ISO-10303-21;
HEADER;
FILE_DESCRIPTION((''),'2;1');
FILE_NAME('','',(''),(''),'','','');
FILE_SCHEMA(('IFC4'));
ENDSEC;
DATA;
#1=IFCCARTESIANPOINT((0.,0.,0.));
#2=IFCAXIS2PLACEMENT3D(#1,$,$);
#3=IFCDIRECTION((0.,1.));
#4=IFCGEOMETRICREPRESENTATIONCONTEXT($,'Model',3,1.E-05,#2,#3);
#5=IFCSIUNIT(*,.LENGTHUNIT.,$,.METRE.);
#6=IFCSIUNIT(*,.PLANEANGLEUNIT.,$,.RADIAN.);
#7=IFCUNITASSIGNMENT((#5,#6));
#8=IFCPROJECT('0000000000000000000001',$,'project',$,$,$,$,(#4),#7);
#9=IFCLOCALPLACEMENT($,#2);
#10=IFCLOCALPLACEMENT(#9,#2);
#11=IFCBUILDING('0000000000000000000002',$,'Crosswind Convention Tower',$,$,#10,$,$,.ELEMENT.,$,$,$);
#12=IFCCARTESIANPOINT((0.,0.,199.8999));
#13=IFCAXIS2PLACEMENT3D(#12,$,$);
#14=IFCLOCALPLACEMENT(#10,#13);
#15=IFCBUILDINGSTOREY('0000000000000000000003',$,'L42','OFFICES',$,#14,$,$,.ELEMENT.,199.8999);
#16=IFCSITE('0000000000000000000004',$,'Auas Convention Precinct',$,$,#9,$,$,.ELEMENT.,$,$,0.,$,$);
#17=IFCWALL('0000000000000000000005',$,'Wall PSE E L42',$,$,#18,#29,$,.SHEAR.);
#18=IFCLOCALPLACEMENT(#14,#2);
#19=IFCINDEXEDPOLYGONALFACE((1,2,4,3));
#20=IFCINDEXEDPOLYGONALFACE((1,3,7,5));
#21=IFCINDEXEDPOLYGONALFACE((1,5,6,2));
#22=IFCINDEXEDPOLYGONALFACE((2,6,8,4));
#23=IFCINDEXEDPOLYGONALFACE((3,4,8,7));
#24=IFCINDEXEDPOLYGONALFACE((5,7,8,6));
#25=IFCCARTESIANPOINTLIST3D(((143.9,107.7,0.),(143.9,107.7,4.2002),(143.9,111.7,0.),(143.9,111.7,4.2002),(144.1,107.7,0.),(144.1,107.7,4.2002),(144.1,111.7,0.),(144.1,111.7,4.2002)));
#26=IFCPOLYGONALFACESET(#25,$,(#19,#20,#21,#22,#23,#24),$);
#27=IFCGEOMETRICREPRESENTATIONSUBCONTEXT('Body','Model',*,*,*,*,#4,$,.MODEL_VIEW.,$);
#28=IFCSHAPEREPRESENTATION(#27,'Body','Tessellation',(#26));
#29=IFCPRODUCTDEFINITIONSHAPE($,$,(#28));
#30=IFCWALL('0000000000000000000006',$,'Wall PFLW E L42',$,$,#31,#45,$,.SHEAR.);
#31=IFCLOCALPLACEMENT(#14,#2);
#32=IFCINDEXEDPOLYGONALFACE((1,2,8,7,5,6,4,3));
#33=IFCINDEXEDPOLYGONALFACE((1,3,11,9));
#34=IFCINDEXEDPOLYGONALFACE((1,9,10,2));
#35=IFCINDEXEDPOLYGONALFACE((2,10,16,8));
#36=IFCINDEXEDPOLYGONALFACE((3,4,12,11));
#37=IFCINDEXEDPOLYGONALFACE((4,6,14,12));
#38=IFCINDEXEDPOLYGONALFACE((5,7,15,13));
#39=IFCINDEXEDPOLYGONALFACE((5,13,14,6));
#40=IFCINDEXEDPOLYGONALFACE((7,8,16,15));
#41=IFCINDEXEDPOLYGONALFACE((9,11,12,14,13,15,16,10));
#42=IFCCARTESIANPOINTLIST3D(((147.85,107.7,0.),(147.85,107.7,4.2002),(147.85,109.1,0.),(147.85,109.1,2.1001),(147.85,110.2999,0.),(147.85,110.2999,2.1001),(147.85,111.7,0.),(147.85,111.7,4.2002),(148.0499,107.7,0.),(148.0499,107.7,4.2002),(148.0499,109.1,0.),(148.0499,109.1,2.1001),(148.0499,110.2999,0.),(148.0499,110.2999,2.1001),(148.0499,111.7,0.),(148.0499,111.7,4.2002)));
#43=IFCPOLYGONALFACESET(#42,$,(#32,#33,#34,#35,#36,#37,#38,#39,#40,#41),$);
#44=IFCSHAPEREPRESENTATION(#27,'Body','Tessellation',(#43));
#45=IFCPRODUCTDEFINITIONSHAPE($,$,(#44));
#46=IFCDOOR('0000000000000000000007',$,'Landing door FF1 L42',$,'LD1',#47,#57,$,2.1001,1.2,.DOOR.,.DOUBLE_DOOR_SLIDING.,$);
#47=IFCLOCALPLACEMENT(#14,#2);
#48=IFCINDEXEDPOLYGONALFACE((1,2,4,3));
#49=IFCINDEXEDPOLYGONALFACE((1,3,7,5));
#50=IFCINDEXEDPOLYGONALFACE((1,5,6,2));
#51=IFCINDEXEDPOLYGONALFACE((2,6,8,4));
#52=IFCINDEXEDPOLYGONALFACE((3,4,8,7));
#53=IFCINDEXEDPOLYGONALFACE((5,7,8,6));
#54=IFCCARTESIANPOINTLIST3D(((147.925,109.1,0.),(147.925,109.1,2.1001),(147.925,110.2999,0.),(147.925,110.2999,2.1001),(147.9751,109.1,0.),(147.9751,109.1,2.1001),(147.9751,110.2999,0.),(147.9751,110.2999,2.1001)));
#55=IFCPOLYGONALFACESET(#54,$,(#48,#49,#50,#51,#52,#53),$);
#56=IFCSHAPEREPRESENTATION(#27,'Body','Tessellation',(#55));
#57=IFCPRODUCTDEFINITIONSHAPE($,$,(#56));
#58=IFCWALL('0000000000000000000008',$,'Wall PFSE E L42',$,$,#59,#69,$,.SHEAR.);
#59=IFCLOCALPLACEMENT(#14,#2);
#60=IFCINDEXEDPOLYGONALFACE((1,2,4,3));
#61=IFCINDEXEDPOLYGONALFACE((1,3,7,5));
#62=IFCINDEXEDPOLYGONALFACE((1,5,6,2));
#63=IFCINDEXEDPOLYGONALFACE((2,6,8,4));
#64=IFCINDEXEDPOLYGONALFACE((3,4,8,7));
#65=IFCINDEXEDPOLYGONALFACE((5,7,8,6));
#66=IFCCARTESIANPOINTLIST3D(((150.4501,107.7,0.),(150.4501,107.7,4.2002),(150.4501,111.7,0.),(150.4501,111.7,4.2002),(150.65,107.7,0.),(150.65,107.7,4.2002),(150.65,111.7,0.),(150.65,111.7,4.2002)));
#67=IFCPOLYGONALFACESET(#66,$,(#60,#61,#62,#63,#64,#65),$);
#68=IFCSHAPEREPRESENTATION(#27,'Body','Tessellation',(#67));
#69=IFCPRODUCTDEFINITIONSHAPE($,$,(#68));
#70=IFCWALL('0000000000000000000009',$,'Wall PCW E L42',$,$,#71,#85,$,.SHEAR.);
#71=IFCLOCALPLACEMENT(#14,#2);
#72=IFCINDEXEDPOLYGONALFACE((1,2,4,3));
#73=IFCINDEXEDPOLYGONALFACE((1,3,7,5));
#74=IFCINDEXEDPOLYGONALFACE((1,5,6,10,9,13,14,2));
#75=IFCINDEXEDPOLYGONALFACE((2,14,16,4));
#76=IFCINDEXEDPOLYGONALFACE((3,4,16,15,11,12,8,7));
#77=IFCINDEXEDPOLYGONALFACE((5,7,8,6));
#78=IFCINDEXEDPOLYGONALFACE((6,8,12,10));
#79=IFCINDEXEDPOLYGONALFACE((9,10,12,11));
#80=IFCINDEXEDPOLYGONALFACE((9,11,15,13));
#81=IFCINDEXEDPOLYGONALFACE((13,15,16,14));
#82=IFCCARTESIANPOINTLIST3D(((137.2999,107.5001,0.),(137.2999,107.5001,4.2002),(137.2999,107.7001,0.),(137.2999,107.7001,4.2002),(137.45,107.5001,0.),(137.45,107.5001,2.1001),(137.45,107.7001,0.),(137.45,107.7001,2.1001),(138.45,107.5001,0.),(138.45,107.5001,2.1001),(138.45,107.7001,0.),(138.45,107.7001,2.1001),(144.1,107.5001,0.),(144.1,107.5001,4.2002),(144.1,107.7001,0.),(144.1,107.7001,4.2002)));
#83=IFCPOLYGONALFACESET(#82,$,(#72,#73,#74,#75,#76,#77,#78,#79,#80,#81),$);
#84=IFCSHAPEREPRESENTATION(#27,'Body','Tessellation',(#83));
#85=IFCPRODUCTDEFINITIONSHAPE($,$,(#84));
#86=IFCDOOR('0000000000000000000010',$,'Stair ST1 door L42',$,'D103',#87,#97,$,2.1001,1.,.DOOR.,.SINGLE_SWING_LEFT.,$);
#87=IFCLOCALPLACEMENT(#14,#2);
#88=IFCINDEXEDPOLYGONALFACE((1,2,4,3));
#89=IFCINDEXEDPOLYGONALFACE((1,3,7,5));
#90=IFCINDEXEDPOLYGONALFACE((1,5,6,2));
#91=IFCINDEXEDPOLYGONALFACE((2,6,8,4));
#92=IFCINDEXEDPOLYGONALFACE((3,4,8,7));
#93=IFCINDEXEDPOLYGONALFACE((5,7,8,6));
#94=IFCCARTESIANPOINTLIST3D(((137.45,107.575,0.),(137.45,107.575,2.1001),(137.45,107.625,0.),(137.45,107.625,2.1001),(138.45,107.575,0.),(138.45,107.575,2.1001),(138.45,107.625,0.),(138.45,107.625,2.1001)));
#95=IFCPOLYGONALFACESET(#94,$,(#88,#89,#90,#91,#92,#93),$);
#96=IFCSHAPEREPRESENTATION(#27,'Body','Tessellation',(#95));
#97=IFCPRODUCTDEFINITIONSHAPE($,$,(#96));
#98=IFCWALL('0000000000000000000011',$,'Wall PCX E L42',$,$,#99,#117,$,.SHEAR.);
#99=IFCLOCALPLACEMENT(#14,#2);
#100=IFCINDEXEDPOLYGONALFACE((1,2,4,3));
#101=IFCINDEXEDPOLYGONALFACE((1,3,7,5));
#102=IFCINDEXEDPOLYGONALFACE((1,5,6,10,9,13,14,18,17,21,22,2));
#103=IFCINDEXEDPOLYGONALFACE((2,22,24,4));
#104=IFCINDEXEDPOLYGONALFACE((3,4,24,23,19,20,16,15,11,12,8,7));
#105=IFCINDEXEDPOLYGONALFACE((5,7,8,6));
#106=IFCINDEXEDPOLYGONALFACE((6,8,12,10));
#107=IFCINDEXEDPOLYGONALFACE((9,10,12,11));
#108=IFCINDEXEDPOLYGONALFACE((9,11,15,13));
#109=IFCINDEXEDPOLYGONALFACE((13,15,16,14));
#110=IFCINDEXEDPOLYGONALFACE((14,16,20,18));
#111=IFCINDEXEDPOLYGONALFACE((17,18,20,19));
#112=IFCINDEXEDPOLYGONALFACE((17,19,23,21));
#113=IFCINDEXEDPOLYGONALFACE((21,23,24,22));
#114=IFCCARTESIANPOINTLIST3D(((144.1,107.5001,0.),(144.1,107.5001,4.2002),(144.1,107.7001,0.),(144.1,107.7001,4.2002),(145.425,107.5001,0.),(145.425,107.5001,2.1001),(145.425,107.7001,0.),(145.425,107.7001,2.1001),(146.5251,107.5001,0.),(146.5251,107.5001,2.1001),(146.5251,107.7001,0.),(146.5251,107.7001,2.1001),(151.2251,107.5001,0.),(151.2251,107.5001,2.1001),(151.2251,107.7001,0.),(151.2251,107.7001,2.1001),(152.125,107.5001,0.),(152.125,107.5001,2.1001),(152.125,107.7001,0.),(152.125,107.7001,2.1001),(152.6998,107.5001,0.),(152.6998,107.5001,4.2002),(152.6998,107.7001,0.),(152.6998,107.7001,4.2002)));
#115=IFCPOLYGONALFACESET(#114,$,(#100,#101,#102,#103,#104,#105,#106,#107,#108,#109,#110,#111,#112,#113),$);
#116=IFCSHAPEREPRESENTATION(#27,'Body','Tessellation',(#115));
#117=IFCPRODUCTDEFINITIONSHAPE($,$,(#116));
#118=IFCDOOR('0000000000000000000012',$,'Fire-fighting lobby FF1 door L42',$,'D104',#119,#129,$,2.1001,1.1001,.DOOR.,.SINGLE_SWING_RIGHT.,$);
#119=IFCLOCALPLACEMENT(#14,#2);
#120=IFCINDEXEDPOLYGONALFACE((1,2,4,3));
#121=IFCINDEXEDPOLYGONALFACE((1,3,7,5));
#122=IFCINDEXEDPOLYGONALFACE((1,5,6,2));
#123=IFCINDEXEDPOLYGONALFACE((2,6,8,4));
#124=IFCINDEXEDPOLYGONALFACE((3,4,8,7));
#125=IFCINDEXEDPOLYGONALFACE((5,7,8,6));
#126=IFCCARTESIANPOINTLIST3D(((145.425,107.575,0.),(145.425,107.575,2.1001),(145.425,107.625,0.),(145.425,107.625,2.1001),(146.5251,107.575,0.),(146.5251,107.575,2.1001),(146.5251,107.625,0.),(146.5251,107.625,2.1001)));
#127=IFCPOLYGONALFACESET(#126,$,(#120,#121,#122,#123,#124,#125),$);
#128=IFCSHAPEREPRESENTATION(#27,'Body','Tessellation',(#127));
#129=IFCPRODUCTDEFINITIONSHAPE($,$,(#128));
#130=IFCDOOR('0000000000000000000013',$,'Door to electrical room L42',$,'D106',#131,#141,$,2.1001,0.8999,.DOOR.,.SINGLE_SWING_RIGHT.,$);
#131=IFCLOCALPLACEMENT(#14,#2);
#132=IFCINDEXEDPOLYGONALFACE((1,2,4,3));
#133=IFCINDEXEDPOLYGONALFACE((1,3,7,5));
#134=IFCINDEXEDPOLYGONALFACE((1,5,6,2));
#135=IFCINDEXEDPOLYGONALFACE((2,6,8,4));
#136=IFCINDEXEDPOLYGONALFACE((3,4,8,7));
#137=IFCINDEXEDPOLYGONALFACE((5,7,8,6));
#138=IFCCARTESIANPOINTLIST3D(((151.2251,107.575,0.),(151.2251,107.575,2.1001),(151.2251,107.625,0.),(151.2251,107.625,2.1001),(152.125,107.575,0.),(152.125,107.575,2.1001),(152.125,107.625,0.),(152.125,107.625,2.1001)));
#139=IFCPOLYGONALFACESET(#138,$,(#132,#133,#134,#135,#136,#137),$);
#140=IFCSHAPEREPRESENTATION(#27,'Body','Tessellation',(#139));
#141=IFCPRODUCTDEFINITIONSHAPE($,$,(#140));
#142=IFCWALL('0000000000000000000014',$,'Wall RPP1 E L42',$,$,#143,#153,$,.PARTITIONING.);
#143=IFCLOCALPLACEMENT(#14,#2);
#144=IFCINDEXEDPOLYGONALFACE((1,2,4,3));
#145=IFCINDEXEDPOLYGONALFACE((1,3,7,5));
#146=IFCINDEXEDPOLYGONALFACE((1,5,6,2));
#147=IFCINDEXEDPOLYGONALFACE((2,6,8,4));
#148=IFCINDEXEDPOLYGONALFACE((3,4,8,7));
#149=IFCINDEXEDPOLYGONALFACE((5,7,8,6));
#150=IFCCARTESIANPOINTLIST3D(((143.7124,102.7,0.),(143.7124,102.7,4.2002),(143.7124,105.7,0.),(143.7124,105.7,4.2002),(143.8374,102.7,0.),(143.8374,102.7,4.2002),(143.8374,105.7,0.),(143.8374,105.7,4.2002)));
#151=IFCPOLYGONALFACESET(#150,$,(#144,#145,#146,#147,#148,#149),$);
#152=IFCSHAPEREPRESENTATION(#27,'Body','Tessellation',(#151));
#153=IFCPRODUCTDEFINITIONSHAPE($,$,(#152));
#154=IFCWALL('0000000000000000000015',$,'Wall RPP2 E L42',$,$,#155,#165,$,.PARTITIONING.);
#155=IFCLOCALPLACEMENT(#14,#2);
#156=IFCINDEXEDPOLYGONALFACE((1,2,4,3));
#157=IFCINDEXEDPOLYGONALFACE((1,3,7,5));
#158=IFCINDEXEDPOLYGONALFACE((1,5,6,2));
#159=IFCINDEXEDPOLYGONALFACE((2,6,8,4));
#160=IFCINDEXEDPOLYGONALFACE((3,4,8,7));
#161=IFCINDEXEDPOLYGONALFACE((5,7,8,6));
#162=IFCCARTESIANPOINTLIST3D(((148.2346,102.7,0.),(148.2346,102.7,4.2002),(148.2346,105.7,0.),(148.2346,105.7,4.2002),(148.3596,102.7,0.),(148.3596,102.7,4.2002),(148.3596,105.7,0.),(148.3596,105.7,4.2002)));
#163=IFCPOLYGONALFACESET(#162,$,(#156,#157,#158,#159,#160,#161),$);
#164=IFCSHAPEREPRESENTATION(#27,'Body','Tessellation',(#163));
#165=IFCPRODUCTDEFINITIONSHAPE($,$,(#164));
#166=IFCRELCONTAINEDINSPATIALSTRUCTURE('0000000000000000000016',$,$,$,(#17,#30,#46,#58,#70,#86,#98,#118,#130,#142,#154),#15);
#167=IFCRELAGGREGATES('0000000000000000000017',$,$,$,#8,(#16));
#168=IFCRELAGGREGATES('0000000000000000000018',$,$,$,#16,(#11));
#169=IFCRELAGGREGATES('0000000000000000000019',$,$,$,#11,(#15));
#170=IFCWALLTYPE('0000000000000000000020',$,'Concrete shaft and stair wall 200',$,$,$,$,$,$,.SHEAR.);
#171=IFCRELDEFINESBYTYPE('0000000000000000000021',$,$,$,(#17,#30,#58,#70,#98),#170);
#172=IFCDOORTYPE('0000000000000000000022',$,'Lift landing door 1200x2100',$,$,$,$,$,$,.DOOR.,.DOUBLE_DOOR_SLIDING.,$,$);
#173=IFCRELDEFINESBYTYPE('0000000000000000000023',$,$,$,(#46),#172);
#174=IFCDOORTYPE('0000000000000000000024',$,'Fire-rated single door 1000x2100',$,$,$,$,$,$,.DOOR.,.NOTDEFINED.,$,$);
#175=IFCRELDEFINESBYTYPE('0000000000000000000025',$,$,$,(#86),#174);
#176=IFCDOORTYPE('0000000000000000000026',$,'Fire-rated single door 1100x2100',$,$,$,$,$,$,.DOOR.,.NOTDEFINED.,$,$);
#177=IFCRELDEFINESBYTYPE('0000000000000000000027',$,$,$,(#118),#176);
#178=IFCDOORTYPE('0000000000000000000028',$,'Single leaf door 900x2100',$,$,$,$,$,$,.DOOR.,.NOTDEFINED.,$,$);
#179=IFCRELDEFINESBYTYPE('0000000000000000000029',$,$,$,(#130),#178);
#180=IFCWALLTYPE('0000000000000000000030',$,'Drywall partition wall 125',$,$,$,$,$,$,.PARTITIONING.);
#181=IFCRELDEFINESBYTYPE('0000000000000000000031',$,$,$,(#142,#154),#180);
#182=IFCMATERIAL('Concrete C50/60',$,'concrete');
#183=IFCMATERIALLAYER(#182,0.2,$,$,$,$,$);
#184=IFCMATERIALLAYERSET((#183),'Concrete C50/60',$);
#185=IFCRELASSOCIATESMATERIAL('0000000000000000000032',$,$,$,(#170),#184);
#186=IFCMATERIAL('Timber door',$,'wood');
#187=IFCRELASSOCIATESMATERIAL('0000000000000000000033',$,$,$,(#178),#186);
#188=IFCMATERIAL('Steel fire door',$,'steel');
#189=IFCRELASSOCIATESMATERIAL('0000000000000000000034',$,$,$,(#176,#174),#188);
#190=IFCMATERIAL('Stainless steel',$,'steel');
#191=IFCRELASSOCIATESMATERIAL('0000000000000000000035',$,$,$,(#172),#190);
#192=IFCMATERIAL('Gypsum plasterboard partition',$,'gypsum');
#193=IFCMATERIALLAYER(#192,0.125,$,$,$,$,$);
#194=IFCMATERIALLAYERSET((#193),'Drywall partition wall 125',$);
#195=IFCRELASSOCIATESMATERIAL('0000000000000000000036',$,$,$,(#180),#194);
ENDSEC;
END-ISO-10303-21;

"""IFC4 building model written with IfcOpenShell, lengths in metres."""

from ifc_helpers import new_model, si_unit, direction, frame, frame_2d, origin, place, context, subcontext, project, spatial, rectangle, extrude, material, layer, layer_set, type_object, element, fill, save


model = new_model("IFC4")

# Units and contexts
model_context = context("Model", 3, precision=1e-05, world=origin(), true_north=direction((0.0, 1.0)))
body_context = subcontext(model_context, "Body", "Model", "MODEL_VIEW")
ifc_project = project(units=[si_unit("LENGTHUNIT", "METRE"), si_unit("PLANEANGLEUNIT", "RADIAN")], contexts=[model_context])

# Site, building, storey
site_placement = place(None, origin())
site = spatial("IfcSite", under=ifc_project, at=site_placement, Name="Auas Convention Precinct", CompositionType="ELEMENT", RefElevation=0.0)
building_placement = place(site_placement, origin())
building = spatial("IfcBuilding", under=site, at=building_placement, Name="Crosswind Convention Tower", CompositionType="ELEMENT")
storey_placement = place(building_placement, frame((0.0, 0.0, 199.8999)))
storey = spatial("IfcBuildingStorey", under=building, at=storey_placement, Name="L42", Description="OFFICES", CompositionType="ELEMENT", Elevation=199.8999)

# Shared definitions
ifc_material_1 = material(Name="Concrete C50/60", Category="concrete")
ifc_layer_1 = layer(ifc_material_1, 0.2)
ifc_layer_set_1 = layer_set([ifc_layer_1], Name="Concrete C50/60")
wall_type_1 = type_object("IfcWallType", Name="Concrete shaft and stair wall 200", PredefinedType="SHEAR", material=ifc_layer_set_1)

# Shared definitions
ifc_material_2 = material(Name="Timber door", Category="wood")
door_type_1 = type_object("IfcDoorType", Name="Single leaf door 900x2100", OperationType="NOTDEFINED", PredefinedType="DOOR", material=ifc_material_2)

# Shared definitions
ifc_material_3 = material(Name="Steel fire door", Category="steel")
door_type_2 = type_object("IfcDoorType", Name="Fire-rated single door 1100x2100", OperationType="NOTDEFINED", PredefinedType="DOOR", material=ifc_material_3)

# Wall
wall_1_placement = place(storey_placement, frame((144.0, 107.7, 0.0), z_axis=(0.0, 0.0, 1.0), x_axis=(0.0, 1.0, 0.0)))
element("IfcWall", 1, at=wall_1_placement, inside=storey, type_object=wall_type_1, Name="Wall PSE E L42", PredefinedType="SHEAR", context=body_context, shape_type="SweptSolid", body=[
    extrude(rectangle(XDim=4.0, YDim=0.2, at=frame_2d((2.0, 0.0))), origin(), (0.0, 0.0, 1.0), 4.2002),
])

# Wall, opening, door
wall_2_placement = place(storey_placement, frame((147.95, 107.7, 0.0), z_axis=(0.0, 0.0, 1.0), x_axis=(0.0, 1.0, 0.0)))
wall_2 = element("IfcWall", 2, at=wall_2_placement, inside=storey, type_object=wall_type_1, Name="Wall PFLW E L42", PredefinedType="SHEAR", context=body_context, shape_type="SweptSolid", body=[
    extrude(rectangle(XDim=4.0, YDim=0.2, at=frame_2d((2.0, 0.0))), origin(), (0.0, 0.0, 1.0), 4.2002),
])
opening_1_placement = place(wall_2_placement, frame((1.3999, 0.0, 0.0)))
opening_1 = element("IfcOpeningElement", 3, at=opening_1_placement, cuts=wall_2, PredefinedType="OPENING", context=body_context, shape_type="SweptSolid", body=[
    extrude(rectangle(XDim=1.2, YDim=2.1001, at=frame_2d((0.6001, 1.05))), frame((0.0, 0.1099, 0.0), z_axis=(0.0, -1.0, 0.0), x_axis=(1.0, 0.0, 0.0)), (0.0, 0.0, 1.0), 0.22),
])
ifc_material_4 = material(Name="Stainless steel", Category="steel")
door_type_3 = type_object("IfcDoorType", Name="Lift landing door 1200x2100", OperationType="DOUBLE_DOOR_SLIDING", PredefinedType="DOOR", material=ifc_material_4)
door_1_placement = place(opening_1_placement, origin())
door_1 = element("IfcDoor", 4, at=door_1_placement, inside=storey, type_object=door_type_3, Name="Landing door FF1 L42", ObjectType="LD1", OperationType="DOUBLE_DOOR_SLIDING", OverallHeight=2.1001, OverallWidth=1.2, PredefinedType="DOOR", context=body_context, shape_type="SweptSolid", body=[
    extrude(rectangle(XDim=1.2, YDim=2.1001, at=frame_2d((0.6001, 1.05))), frame((0.0, 0.0249, 0.0), z_axis=(0.0, -1.0, 0.0), x_axis=(1.0, 0.0, 0.0)), (0.0, 0.0, 1.0), 0.05),
])
fill(opening_1, door_1)

# Wall
wall_3_placement = place(storey_placement, frame((150.55, 107.7, 0.0), z_axis=(0.0, 0.0, 1.0), x_axis=(0.0, 1.0, 0.0)))
element("IfcWall", 5, at=wall_3_placement, inside=storey, type_object=wall_type_1, Name="Wall PFSE E L42", PredefinedType="SHEAR", context=body_context, shape_type="SweptSolid", body=[
    extrude(rectangle(XDim=4.0, YDim=0.2, at=frame_2d((2.0, 0.0))), origin(), (0.0, 0.0, 1.0), 4.2002),
])

# Wall, opening, door
wall_4_placement = place(storey_placement, frame((137.3, 107.6001, 0.0), z_axis=(0.0, 0.0, 1.0), x_axis=(1.0, 0.0, 0.0)))
wall_4 = element("IfcWall", 6, at=wall_4_placement, inside=storey, type_object=wall_type_1, Name="Wall PCW E L42", PredefinedType="SHEAR", context=body_context, shape_type="SweptSolid", body=[
    extrude(rectangle(XDim=6.8, YDim=0.2, at=frame_2d((3.3999, 0.0))), origin(), (0.0, 0.0, 1.0), 4.2002),
])
opening_2_placement = place(wall_4_placement, frame((0.1499, 0.0, 0.0)))
opening_2 = element("IfcOpeningElement", 7, at=opening_2_placement, cuts=wall_4, PredefinedType="OPENING", context=body_context, shape_type="SweptSolid", body=[
    extrude(rectangle(XDim=1.0, YDim=2.1001, at=frame_2d((0.5, 1.05))), frame((0.0, 0.1099, 0.0), z_axis=(0.0, -1.0, 0.0), x_axis=(1.0, 0.0, 0.0)), (0.0, 0.0, 1.0), 0.22),
])
door_type_4 = type_object("IfcDoorType", Name="Fire-rated single door 1000x2100", OperationType="NOTDEFINED", PredefinedType="DOOR", material=ifc_material_3)
door_2_placement = place(opening_2_placement, origin())
door_2 = element("IfcDoor", 8, at=door_2_placement, inside=storey, type_object=door_type_4, Name="Stair ST1 door L42", ObjectType="D103", OperationType="SINGLE_SWING_LEFT", OverallHeight=2.1001, OverallWidth=1.0, PredefinedType="DOOR", context=body_context, shape_type="SweptSolid", body=[
    extrude(rectangle(XDim=1.0, YDim=2.1001, at=frame_2d((0.5, 1.05))), frame((0.0, 0.0249, 0.0), z_axis=(0.0, -1.0, 0.0), x_axis=(1.0, 0.0, 0.0)), (0.0, 0.0, 1.0), 0.05),
])
fill(opening_2, door_2)

# Wall, openings, doors
wall_5_placement = place(storey_placement, frame((144.1001, 107.6001, 0.0), z_axis=(0.0, 0.0, 1.0), x_axis=(1.0, 0.0, 0.0)))
wall_5 = element("IfcWall", 9, at=wall_5_placement, inside=storey, type_object=wall_type_1, Name="Wall PCX E L42", PredefinedType="SHEAR", context=body_context, shape_type="SweptSolid", body=[
    extrude(rectangle(XDim=8.5999, YDim=0.2, at=frame_2d((4.2998, 0.0))), origin(), (0.0, 0.0, 1.0), 4.2002),
])
opening_3_placement = place(wall_5_placement, frame((1.325, 0.0, 0.0)))
opening_3 = element("IfcOpeningElement", 10, at=opening_3_placement, cuts=wall_5, PredefinedType="OPENING", context=body_context, shape_type="SweptSolid", body=[
    extrude(rectangle(XDim=1.1001, YDim=2.1001, at=frame_2d((0.55, 1.05))), frame((0.0, 0.1099, 0.0), z_axis=(0.0, -1.0, 0.0), x_axis=(1.0, 0.0, 0.0)), (0.0, 0.0, 1.0), 0.22),
])
opening_4_placement = place(wall_5_placement, frame((7.125, 0.0, 0.0)))
opening_4 = element("IfcOpeningElement", 11, at=opening_4_placement, cuts=wall_5, PredefinedType="OPENING", context=body_context, shape_type="SweptSolid", body=[
    extrude(rectangle(XDim=0.8999, YDim=2.1001, at=frame_2d((0.45, 1.05))), frame((0.0, 0.1099, 0.0), z_axis=(0.0, -1.0, 0.0), x_axis=(1.0, 0.0, 0.0)), (0.0, 0.0, 1.0), 0.22),
])
door_3_placement = place(opening_3_placement, origin())
door_3 = element("IfcDoor", 12, at=door_3_placement, inside=storey, type_object=door_type_2, Name="Fire-fighting lobby FF1 door L42", ObjectType="D104", OperationType="SINGLE_SWING_RIGHT", OverallHeight=2.1001, OverallWidth=1.1001, PredefinedType="DOOR", context=body_context, shape_type="SweptSolid", body=[
    extrude(rectangle(XDim=1.1001, YDim=2.1001, at=frame_2d((0.55, 1.05))), frame((0.0, 0.0249, 0.0), z_axis=(0.0, -1.0, 0.0), x_axis=(1.0, 0.0, 0.0)), (0.0, 0.0, 1.0), 0.05),
])
fill(opening_3, door_3)
door_4_placement = place(opening_4_placement, origin())
door_4 = element("IfcDoor", 13, at=door_4_placement, inside=storey, type_object=door_type_1, Name="Door to electrical room L42", ObjectType="D106", OperationType="SINGLE_SWING_RIGHT", OverallHeight=2.1001, OverallWidth=0.8999, PredefinedType="DOOR", context=body_context, shape_type="SweptSolid", body=[
    extrude(rectangle(XDim=0.8999, YDim=2.1001, at=frame_2d((0.45, 1.05))), frame((0.0, 0.0249, 0.0), z_axis=(0.0, -1.0, 0.0), x_axis=(1.0, 0.0, 0.0)), (0.0, 0.0, 1.0), 0.05),
])
fill(opening_4, door_4)

# Walls
ifc_material_5 = material(Name="Gypsum plasterboard partition", Category="gypsum")
ifc_layer_2 = layer(ifc_material_5, 0.125)
ifc_layer_set_2 = layer_set([ifc_layer_2], Name="Drywall partition wall 125")
wall_type_2 = type_object("IfcWallType", Name="Drywall partition wall 125", PredefinedType="PARTITIONING", material=ifc_layer_set_2)
for number, where, z_axis, x_axis, name in (
    (14, (143.7749, 102.7, 0.0), (0.0, 0.0, 1.0), (0.0, 1.0, 0.0), "Wall RPP1 E L42"),
    (15, (148.2971, 102.7, 0.0), (0.0, 0.0, 1.0), (0.0, 1.0, 0.0), "Wall RPP2 E L42"),
):
    element("IfcWall", number, at=place(storey_placement, frame(where, z_axis=z_axis, x_axis=x_axis)), inside=storey, type_object=wall_type_2, Name=name, PredefinedType="PARTITIONING", context=body_context, shape_type="SweptSolid", body=[
        extrude(rectangle(XDim=3.0, YDim=0.125, at=frame_2d((1.5, 0.0))), origin(), (0.0, 0.0, 1.0), 4.2002),
    ])

save(model, "model.ifc")
